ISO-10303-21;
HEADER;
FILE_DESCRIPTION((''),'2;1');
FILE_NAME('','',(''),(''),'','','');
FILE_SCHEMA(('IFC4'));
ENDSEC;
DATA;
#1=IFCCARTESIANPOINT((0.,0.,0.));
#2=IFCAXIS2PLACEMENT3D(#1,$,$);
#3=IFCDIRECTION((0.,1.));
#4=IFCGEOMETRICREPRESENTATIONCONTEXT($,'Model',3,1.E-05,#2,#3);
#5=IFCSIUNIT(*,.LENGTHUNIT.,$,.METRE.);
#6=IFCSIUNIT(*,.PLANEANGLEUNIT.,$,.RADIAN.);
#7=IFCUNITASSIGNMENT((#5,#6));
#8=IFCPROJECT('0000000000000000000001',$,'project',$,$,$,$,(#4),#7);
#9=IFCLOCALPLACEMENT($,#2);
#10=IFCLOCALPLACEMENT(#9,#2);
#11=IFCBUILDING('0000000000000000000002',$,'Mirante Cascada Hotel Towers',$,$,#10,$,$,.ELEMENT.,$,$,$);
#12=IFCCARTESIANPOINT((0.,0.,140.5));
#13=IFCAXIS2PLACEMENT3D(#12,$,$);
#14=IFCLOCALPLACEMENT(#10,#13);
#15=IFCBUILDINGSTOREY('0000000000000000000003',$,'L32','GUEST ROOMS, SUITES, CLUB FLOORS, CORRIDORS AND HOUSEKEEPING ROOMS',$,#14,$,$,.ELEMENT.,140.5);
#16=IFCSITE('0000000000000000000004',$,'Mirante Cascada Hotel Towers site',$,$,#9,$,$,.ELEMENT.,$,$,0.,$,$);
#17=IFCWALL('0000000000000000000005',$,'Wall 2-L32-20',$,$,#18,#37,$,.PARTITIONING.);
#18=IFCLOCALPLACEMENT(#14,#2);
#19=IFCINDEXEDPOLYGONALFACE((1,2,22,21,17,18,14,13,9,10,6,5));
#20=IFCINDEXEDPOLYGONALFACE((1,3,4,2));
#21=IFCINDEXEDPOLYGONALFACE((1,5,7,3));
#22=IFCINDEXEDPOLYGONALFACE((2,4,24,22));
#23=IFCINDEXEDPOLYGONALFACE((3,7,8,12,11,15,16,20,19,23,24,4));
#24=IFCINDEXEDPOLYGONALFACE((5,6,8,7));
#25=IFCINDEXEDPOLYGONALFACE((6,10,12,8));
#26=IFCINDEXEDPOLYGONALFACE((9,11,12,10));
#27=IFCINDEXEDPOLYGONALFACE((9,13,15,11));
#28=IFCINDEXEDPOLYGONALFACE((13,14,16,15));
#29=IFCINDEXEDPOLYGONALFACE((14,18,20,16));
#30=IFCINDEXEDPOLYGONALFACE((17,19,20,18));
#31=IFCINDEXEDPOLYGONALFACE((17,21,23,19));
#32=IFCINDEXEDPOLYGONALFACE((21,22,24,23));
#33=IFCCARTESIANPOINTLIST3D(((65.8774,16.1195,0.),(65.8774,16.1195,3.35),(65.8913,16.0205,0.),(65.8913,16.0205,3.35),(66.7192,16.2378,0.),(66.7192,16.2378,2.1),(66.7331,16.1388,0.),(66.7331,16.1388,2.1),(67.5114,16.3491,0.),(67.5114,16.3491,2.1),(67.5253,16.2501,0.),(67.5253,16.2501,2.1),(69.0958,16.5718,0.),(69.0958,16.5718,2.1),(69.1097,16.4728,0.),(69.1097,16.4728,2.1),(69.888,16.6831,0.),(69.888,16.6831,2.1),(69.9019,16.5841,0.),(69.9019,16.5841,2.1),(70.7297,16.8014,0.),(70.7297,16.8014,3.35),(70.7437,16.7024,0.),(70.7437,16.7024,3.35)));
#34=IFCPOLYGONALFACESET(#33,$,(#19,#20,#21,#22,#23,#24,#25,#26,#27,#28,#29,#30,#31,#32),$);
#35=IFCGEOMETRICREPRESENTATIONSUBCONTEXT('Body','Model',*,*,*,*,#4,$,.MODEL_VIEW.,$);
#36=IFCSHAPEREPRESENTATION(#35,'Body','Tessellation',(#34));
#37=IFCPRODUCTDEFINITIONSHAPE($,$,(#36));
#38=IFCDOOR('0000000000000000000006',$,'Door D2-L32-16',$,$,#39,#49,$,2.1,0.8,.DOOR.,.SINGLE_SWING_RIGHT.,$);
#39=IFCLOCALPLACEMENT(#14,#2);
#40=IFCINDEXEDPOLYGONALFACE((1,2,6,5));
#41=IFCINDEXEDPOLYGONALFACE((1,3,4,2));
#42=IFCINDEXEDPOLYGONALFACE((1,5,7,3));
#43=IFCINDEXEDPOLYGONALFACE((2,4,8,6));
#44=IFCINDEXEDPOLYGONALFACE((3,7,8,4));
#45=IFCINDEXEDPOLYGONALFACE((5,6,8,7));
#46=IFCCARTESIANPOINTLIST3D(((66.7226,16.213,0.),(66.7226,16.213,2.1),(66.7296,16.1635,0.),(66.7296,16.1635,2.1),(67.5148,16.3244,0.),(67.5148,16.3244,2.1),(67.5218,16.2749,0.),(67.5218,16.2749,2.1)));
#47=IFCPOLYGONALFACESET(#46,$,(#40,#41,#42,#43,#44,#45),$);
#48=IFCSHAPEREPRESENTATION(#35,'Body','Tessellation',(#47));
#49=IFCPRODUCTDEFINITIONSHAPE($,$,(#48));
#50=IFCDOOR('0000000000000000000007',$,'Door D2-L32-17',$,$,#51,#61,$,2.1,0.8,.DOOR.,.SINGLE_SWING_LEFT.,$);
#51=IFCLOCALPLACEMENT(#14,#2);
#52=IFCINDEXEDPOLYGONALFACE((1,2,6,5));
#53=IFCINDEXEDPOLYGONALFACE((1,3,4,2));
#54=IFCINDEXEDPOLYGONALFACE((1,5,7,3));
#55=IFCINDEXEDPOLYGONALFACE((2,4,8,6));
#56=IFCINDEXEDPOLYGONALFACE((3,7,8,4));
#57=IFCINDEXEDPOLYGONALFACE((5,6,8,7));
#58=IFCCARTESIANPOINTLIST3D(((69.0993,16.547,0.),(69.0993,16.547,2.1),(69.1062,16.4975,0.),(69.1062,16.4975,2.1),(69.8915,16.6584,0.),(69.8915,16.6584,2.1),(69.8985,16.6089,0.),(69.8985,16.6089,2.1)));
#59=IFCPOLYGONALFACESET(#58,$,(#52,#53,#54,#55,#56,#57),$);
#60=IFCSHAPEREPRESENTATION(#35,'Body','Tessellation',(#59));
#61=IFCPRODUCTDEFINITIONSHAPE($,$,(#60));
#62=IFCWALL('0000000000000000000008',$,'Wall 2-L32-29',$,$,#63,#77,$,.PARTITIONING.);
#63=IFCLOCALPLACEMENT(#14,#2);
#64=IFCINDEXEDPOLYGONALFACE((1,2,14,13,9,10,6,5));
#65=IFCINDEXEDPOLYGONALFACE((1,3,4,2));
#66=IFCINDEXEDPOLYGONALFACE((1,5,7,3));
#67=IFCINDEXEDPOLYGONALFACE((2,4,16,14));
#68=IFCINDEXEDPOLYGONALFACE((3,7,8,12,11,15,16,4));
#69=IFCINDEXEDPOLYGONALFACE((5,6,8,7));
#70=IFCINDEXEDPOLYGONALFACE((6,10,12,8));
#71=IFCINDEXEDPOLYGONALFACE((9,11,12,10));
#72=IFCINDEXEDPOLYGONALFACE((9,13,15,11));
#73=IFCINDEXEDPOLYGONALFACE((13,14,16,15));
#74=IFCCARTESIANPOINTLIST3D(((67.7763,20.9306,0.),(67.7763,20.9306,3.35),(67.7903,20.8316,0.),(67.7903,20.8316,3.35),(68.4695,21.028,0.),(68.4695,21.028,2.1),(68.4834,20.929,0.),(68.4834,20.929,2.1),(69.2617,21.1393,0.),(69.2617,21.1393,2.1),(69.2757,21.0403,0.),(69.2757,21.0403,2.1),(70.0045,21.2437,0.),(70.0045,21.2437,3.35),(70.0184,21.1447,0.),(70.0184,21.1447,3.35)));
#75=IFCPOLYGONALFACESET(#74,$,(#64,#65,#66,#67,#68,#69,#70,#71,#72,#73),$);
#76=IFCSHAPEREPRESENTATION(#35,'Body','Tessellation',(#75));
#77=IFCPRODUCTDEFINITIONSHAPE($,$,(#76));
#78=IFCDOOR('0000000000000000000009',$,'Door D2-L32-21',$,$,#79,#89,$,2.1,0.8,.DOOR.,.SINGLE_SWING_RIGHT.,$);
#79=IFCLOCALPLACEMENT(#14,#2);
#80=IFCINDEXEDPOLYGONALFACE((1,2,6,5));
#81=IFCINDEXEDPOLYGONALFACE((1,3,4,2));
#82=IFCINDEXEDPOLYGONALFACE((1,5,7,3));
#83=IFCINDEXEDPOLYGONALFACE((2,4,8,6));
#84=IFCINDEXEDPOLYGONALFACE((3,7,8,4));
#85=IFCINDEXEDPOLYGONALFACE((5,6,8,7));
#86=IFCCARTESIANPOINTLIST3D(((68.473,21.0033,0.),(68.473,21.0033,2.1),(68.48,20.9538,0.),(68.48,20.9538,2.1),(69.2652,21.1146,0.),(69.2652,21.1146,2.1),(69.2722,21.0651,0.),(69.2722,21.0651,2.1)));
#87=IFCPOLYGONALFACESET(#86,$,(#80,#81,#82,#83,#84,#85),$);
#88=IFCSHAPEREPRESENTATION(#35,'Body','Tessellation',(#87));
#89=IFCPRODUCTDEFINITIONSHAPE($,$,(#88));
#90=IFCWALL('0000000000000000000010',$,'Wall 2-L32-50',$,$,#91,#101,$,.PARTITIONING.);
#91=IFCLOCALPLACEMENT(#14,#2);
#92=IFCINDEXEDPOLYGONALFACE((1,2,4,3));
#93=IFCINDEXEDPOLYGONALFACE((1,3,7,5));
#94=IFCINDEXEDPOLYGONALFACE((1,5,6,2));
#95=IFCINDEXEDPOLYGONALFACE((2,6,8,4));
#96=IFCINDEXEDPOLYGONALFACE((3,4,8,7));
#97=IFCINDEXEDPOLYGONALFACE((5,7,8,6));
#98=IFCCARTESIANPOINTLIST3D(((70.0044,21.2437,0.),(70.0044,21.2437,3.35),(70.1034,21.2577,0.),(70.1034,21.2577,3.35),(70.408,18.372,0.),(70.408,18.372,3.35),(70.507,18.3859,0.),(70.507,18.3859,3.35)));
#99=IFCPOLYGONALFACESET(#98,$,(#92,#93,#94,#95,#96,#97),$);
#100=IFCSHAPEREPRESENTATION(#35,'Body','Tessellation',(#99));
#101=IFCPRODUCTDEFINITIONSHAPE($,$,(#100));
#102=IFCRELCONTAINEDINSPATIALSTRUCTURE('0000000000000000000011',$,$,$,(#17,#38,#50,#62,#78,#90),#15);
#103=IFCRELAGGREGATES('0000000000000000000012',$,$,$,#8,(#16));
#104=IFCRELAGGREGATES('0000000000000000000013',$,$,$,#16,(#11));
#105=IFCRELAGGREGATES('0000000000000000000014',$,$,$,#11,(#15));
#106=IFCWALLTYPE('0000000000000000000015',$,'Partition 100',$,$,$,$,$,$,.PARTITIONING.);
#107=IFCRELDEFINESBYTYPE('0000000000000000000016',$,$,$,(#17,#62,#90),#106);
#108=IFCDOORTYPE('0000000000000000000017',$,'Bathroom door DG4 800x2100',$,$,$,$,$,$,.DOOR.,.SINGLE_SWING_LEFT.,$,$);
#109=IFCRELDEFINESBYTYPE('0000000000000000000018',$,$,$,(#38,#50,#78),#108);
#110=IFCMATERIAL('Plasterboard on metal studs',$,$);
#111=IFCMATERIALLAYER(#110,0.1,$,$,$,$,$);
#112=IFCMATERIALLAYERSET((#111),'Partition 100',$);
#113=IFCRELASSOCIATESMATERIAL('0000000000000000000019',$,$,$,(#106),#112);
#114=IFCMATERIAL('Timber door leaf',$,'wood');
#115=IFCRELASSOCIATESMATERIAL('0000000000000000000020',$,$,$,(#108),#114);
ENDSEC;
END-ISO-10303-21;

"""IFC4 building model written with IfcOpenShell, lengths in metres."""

from ifc_helpers import new_model, si_unit, direction, frame, frame_2d, origin, place, context, subcontext, project, spatial, rectangle, extrude, material, layer, layer_set, type_object, element, fill, save


model = new_model("IFC4")

# Units and contexts
model_context = context("Model", 3, precision=1e-05, world=origin(), true_north=direction((0.0, 1.0)))
body_context = subcontext(model_context, "Body", "Model", "MODEL_VIEW")
ifc_project = project(units=[si_unit("LENGTHUNIT", "METRE"), si_unit("PLANEANGLEUNIT", "RADIAN")], contexts=[model_context])

# Site, building, storey
site_placement = place(None, origin())
site = spatial("IfcSite", under=ifc_project, at=site_placement, Name="Mirante Cascada Hotel Towers site", CompositionType="ELEMENT", RefElevation=0.0)
building_placement = place(site_placement, origin())
building = spatial("IfcBuilding", under=site, at=building_placement, Name="Mirante Cascada Hotel Towers", CompositionType="ELEMENT")
storey_placement = place(building_placement, frame((0.0, 0.0, 140.5)))
storey = spatial("IfcBuildingStorey", under=building, at=storey_placement, Name="L32", Description="GUEST ROOMS, SUITES, CLUB FLOORS, CORRIDORS AND HOUSEKEEPING ROOMS", CompositionType="ELEMENT", Elevation=140.5)

# Shared definitions
ifc_material_1 = material(Name="Plasterboard on metal studs")
ifc_layer_1 = layer(ifc_material_1, 0.1)
ifc_layer_set_1 = layer_set([ifc_layer_1], Name="Partition 100")
wall_type_1 = type_object("IfcWallType", Name="Partition 100", PredefinedType="PARTITIONING", material=ifc_layer_set_1)
ifc_material_2 = material(Name="Timber door leaf", Category="wood")
door_type = type_object("IfcDoorType", Name="Bathroom door DG4 800x2100", OperationType="SINGLE_SWING_LEFT", PredefinedType="DOOR", material=ifc_material_2)

# Wall, openings, doors
wall_1_placement = place(storey_placement, frame((70.7367, 16.7519, 0.0), z_axis=(0.0, 0.0, 1.0), x_axis=(-0.990269, -0.139164, 0.0)))
wall_1 = element("IfcWall", 1, at=wall_1_placement, inside=storey, type_object=wall_type_1, Name="Wall 2-L32-20", PredefinedType="PARTITIONING", context=body_context, shape_type="SweptSolid", body=[
    extrude(rectangle(XDim=4.9, YDim=0.1, at=frame_2d((2.45, 0.0))), origin(), (0.0, 0.0, 1.0), 3.35),
])
opening_1_placement = place(wall_1_placement, frame((3.25, 0.0, 0.0)))
opening_1 = element("IfcOpeningElement", 2, at=opening_1_placement, cuts=wall_1, PredefinedType="OPENING", context=body_context, shape_type="SweptSolid", body=[
    extrude(rectangle(XDim=0.8, YDim=2.1, at=frame_2d((0.4, 1.05))), frame((0.0, 0.05, 0.0), z_axis=(0.0, -1.0, 0.0), x_axis=(1.0, 0.0, 0.0)), (0.0, 0.0, 1.0), 0.1),
])
opening_2_placement = place(wall_1_placement, frame((0.85, 0.0, 0.0)))
opening_2 = element("IfcOpeningElement", 3, at=opening_2_placement, cuts=wall_1, PredefinedType="OPENING", context=body_context, shape_type="SweptSolid", body=[
    extrude(rectangle(XDim=0.8, YDim=2.1, at=frame_2d((0.4, 1.05))), frame((0.0, 0.05, 0.0), z_axis=(0.0, -1.0, 0.0), x_axis=(1.0, 0.0, 0.0)), (0.0, 0.0, 1.0), 0.1),
])
door_1_placement = place(opening_1_placement, frame((0.8, 0.0, 0.0), z_axis=(0.0, 0.0, 1.0), x_axis=(-1.0, 0.0, 0.0)))
door_1 = element("IfcDoor", 4, at=door_1_placement, inside=storey, type_object=door_type, Name="Door D2-L32-16", OperationType="SINGLE_SWING_RIGHT", OverallHeight=2.1, OverallWidth=0.8, PredefinedType="DOOR", context=body_context, shape_type="SweptSolid", body=[
    extrude(rectangle(XDim=0.8, YDim=2.1, at=frame_2d((0.4, 1.05))), frame((0.0, 0.025, 0.0), z_axis=(0.0, -1.0, 0.0), x_axis=(1.0, 0.0, 0.0)), (0.0, 0.0, 1.0), 0.05),
])
fill(opening_1, door_1)
door_2_placement = place(opening_2_placement, origin())
door_2 = element("IfcDoor", 5, at=door_2_placement, inside=storey, type_object=door_type, Name="Door D2-L32-17", OperationType="SINGLE_SWING_LEFT", OverallHeight=2.1, OverallWidth=0.8, PredefinedType="DOOR", context=body_context, shape_type="SweptSolid", body=[
    extrude(rectangle(XDim=0.8, YDim=2.1, at=frame_2d((0.4, 1.05))), frame((0.0, 0.025, 0.0), z_axis=(0.0, -1.0, 0.0), x_axis=(1.0, 0.0, 0.0)), (0.0, 0.0, 1.0), 0.05),
])
fill(opening_2, door_2)

# Wall, opening, door
wall_2_placement = place(storey_placement, frame((67.7833, 20.8811, 0.0), z_axis=(0.0, 0.0, 1.0), x_axis=(0.990271, 0.139156, 0.0)))
wall_2 = element("IfcWall", 6, at=wall_2_placement, inside=storey, type_object=wall_type_1, Name="Wall 2-L32-29", PredefinedType="PARTITIONING", context=body_context, shape_type="SweptSolid", body=[
    extrude(rectangle(XDim=2.25, YDim=0.1, at=frame_2d((1.125, 0.0))), origin(), (0.0, 0.0, 1.0), 3.35),
])
opening_3_placement = place(wall_2_placement, frame((0.7, 0.0, 0.0)))
opening_3 = element("IfcOpeningElement", 7, at=opening_3_placement, cuts=wall_2, PredefinedType="OPENING", context=body_context, shape_type="SweptSolid", body=[
    extrude(rectangle(XDim=0.8, YDim=2.1, at=frame_2d((0.4, 1.05))), frame((0.0, 0.05, 0.0), z_axis=(0.0, -1.0, 0.0), x_axis=(1.0, 0.0, 0.0)), (0.0, 0.0, 1.0), 0.1),
])
door_3_placement = place(opening_3_placement, frame((0.8, 0.0, 0.0), z_axis=(0.0, 0.0, 1.0), x_axis=(-1.0, 0.0, 0.0)))
door_3 = element("IfcDoor", 8, at=door_3_placement, inside=storey, type_object=door_type, Name="Door D2-L32-21", OperationType="SINGLE_SWING_RIGHT", OverallHeight=2.1, OverallWidth=0.8, PredefinedType="DOOR", context=body_context, shape_type="SweptSolid", body=[
    extrude(rectangle(XDim=0.8, YDim=2.1, at=frame_2d((0.4, 1.05))), frame((0.0, 0.025, 0.0), z_axis=(0.0, -1.0, 0.0), x_axis=(1.0, 0.0, 0.0)), (0.0, 0.0, 1.0), 0.05),
])
fill(opening_3, door_3)

# Wall
wall_3_placement = place(storey_placement, frame((70.0539, 21.2507, 0.0), z_axis=(0.0, 0.0, 1.0), x_axis=(0.139171, -0.990268, 0.0)))
element("IfcWall", 9, at=wall_3_placement, inside=storey, type_object=wall_type_1, Name="Wall 2-L32-50", PredefinedType="PARTITIONING", context=body_context, shape_type="SweptSolid", body=[
    extrude(rectangle(XDim=2.9, YDim=0.1, at=frame_2d((1.45, 0.0))), origin(), (0.0, 0.0, 1.0), 3.35),
])

save(model, "model.ifc")
